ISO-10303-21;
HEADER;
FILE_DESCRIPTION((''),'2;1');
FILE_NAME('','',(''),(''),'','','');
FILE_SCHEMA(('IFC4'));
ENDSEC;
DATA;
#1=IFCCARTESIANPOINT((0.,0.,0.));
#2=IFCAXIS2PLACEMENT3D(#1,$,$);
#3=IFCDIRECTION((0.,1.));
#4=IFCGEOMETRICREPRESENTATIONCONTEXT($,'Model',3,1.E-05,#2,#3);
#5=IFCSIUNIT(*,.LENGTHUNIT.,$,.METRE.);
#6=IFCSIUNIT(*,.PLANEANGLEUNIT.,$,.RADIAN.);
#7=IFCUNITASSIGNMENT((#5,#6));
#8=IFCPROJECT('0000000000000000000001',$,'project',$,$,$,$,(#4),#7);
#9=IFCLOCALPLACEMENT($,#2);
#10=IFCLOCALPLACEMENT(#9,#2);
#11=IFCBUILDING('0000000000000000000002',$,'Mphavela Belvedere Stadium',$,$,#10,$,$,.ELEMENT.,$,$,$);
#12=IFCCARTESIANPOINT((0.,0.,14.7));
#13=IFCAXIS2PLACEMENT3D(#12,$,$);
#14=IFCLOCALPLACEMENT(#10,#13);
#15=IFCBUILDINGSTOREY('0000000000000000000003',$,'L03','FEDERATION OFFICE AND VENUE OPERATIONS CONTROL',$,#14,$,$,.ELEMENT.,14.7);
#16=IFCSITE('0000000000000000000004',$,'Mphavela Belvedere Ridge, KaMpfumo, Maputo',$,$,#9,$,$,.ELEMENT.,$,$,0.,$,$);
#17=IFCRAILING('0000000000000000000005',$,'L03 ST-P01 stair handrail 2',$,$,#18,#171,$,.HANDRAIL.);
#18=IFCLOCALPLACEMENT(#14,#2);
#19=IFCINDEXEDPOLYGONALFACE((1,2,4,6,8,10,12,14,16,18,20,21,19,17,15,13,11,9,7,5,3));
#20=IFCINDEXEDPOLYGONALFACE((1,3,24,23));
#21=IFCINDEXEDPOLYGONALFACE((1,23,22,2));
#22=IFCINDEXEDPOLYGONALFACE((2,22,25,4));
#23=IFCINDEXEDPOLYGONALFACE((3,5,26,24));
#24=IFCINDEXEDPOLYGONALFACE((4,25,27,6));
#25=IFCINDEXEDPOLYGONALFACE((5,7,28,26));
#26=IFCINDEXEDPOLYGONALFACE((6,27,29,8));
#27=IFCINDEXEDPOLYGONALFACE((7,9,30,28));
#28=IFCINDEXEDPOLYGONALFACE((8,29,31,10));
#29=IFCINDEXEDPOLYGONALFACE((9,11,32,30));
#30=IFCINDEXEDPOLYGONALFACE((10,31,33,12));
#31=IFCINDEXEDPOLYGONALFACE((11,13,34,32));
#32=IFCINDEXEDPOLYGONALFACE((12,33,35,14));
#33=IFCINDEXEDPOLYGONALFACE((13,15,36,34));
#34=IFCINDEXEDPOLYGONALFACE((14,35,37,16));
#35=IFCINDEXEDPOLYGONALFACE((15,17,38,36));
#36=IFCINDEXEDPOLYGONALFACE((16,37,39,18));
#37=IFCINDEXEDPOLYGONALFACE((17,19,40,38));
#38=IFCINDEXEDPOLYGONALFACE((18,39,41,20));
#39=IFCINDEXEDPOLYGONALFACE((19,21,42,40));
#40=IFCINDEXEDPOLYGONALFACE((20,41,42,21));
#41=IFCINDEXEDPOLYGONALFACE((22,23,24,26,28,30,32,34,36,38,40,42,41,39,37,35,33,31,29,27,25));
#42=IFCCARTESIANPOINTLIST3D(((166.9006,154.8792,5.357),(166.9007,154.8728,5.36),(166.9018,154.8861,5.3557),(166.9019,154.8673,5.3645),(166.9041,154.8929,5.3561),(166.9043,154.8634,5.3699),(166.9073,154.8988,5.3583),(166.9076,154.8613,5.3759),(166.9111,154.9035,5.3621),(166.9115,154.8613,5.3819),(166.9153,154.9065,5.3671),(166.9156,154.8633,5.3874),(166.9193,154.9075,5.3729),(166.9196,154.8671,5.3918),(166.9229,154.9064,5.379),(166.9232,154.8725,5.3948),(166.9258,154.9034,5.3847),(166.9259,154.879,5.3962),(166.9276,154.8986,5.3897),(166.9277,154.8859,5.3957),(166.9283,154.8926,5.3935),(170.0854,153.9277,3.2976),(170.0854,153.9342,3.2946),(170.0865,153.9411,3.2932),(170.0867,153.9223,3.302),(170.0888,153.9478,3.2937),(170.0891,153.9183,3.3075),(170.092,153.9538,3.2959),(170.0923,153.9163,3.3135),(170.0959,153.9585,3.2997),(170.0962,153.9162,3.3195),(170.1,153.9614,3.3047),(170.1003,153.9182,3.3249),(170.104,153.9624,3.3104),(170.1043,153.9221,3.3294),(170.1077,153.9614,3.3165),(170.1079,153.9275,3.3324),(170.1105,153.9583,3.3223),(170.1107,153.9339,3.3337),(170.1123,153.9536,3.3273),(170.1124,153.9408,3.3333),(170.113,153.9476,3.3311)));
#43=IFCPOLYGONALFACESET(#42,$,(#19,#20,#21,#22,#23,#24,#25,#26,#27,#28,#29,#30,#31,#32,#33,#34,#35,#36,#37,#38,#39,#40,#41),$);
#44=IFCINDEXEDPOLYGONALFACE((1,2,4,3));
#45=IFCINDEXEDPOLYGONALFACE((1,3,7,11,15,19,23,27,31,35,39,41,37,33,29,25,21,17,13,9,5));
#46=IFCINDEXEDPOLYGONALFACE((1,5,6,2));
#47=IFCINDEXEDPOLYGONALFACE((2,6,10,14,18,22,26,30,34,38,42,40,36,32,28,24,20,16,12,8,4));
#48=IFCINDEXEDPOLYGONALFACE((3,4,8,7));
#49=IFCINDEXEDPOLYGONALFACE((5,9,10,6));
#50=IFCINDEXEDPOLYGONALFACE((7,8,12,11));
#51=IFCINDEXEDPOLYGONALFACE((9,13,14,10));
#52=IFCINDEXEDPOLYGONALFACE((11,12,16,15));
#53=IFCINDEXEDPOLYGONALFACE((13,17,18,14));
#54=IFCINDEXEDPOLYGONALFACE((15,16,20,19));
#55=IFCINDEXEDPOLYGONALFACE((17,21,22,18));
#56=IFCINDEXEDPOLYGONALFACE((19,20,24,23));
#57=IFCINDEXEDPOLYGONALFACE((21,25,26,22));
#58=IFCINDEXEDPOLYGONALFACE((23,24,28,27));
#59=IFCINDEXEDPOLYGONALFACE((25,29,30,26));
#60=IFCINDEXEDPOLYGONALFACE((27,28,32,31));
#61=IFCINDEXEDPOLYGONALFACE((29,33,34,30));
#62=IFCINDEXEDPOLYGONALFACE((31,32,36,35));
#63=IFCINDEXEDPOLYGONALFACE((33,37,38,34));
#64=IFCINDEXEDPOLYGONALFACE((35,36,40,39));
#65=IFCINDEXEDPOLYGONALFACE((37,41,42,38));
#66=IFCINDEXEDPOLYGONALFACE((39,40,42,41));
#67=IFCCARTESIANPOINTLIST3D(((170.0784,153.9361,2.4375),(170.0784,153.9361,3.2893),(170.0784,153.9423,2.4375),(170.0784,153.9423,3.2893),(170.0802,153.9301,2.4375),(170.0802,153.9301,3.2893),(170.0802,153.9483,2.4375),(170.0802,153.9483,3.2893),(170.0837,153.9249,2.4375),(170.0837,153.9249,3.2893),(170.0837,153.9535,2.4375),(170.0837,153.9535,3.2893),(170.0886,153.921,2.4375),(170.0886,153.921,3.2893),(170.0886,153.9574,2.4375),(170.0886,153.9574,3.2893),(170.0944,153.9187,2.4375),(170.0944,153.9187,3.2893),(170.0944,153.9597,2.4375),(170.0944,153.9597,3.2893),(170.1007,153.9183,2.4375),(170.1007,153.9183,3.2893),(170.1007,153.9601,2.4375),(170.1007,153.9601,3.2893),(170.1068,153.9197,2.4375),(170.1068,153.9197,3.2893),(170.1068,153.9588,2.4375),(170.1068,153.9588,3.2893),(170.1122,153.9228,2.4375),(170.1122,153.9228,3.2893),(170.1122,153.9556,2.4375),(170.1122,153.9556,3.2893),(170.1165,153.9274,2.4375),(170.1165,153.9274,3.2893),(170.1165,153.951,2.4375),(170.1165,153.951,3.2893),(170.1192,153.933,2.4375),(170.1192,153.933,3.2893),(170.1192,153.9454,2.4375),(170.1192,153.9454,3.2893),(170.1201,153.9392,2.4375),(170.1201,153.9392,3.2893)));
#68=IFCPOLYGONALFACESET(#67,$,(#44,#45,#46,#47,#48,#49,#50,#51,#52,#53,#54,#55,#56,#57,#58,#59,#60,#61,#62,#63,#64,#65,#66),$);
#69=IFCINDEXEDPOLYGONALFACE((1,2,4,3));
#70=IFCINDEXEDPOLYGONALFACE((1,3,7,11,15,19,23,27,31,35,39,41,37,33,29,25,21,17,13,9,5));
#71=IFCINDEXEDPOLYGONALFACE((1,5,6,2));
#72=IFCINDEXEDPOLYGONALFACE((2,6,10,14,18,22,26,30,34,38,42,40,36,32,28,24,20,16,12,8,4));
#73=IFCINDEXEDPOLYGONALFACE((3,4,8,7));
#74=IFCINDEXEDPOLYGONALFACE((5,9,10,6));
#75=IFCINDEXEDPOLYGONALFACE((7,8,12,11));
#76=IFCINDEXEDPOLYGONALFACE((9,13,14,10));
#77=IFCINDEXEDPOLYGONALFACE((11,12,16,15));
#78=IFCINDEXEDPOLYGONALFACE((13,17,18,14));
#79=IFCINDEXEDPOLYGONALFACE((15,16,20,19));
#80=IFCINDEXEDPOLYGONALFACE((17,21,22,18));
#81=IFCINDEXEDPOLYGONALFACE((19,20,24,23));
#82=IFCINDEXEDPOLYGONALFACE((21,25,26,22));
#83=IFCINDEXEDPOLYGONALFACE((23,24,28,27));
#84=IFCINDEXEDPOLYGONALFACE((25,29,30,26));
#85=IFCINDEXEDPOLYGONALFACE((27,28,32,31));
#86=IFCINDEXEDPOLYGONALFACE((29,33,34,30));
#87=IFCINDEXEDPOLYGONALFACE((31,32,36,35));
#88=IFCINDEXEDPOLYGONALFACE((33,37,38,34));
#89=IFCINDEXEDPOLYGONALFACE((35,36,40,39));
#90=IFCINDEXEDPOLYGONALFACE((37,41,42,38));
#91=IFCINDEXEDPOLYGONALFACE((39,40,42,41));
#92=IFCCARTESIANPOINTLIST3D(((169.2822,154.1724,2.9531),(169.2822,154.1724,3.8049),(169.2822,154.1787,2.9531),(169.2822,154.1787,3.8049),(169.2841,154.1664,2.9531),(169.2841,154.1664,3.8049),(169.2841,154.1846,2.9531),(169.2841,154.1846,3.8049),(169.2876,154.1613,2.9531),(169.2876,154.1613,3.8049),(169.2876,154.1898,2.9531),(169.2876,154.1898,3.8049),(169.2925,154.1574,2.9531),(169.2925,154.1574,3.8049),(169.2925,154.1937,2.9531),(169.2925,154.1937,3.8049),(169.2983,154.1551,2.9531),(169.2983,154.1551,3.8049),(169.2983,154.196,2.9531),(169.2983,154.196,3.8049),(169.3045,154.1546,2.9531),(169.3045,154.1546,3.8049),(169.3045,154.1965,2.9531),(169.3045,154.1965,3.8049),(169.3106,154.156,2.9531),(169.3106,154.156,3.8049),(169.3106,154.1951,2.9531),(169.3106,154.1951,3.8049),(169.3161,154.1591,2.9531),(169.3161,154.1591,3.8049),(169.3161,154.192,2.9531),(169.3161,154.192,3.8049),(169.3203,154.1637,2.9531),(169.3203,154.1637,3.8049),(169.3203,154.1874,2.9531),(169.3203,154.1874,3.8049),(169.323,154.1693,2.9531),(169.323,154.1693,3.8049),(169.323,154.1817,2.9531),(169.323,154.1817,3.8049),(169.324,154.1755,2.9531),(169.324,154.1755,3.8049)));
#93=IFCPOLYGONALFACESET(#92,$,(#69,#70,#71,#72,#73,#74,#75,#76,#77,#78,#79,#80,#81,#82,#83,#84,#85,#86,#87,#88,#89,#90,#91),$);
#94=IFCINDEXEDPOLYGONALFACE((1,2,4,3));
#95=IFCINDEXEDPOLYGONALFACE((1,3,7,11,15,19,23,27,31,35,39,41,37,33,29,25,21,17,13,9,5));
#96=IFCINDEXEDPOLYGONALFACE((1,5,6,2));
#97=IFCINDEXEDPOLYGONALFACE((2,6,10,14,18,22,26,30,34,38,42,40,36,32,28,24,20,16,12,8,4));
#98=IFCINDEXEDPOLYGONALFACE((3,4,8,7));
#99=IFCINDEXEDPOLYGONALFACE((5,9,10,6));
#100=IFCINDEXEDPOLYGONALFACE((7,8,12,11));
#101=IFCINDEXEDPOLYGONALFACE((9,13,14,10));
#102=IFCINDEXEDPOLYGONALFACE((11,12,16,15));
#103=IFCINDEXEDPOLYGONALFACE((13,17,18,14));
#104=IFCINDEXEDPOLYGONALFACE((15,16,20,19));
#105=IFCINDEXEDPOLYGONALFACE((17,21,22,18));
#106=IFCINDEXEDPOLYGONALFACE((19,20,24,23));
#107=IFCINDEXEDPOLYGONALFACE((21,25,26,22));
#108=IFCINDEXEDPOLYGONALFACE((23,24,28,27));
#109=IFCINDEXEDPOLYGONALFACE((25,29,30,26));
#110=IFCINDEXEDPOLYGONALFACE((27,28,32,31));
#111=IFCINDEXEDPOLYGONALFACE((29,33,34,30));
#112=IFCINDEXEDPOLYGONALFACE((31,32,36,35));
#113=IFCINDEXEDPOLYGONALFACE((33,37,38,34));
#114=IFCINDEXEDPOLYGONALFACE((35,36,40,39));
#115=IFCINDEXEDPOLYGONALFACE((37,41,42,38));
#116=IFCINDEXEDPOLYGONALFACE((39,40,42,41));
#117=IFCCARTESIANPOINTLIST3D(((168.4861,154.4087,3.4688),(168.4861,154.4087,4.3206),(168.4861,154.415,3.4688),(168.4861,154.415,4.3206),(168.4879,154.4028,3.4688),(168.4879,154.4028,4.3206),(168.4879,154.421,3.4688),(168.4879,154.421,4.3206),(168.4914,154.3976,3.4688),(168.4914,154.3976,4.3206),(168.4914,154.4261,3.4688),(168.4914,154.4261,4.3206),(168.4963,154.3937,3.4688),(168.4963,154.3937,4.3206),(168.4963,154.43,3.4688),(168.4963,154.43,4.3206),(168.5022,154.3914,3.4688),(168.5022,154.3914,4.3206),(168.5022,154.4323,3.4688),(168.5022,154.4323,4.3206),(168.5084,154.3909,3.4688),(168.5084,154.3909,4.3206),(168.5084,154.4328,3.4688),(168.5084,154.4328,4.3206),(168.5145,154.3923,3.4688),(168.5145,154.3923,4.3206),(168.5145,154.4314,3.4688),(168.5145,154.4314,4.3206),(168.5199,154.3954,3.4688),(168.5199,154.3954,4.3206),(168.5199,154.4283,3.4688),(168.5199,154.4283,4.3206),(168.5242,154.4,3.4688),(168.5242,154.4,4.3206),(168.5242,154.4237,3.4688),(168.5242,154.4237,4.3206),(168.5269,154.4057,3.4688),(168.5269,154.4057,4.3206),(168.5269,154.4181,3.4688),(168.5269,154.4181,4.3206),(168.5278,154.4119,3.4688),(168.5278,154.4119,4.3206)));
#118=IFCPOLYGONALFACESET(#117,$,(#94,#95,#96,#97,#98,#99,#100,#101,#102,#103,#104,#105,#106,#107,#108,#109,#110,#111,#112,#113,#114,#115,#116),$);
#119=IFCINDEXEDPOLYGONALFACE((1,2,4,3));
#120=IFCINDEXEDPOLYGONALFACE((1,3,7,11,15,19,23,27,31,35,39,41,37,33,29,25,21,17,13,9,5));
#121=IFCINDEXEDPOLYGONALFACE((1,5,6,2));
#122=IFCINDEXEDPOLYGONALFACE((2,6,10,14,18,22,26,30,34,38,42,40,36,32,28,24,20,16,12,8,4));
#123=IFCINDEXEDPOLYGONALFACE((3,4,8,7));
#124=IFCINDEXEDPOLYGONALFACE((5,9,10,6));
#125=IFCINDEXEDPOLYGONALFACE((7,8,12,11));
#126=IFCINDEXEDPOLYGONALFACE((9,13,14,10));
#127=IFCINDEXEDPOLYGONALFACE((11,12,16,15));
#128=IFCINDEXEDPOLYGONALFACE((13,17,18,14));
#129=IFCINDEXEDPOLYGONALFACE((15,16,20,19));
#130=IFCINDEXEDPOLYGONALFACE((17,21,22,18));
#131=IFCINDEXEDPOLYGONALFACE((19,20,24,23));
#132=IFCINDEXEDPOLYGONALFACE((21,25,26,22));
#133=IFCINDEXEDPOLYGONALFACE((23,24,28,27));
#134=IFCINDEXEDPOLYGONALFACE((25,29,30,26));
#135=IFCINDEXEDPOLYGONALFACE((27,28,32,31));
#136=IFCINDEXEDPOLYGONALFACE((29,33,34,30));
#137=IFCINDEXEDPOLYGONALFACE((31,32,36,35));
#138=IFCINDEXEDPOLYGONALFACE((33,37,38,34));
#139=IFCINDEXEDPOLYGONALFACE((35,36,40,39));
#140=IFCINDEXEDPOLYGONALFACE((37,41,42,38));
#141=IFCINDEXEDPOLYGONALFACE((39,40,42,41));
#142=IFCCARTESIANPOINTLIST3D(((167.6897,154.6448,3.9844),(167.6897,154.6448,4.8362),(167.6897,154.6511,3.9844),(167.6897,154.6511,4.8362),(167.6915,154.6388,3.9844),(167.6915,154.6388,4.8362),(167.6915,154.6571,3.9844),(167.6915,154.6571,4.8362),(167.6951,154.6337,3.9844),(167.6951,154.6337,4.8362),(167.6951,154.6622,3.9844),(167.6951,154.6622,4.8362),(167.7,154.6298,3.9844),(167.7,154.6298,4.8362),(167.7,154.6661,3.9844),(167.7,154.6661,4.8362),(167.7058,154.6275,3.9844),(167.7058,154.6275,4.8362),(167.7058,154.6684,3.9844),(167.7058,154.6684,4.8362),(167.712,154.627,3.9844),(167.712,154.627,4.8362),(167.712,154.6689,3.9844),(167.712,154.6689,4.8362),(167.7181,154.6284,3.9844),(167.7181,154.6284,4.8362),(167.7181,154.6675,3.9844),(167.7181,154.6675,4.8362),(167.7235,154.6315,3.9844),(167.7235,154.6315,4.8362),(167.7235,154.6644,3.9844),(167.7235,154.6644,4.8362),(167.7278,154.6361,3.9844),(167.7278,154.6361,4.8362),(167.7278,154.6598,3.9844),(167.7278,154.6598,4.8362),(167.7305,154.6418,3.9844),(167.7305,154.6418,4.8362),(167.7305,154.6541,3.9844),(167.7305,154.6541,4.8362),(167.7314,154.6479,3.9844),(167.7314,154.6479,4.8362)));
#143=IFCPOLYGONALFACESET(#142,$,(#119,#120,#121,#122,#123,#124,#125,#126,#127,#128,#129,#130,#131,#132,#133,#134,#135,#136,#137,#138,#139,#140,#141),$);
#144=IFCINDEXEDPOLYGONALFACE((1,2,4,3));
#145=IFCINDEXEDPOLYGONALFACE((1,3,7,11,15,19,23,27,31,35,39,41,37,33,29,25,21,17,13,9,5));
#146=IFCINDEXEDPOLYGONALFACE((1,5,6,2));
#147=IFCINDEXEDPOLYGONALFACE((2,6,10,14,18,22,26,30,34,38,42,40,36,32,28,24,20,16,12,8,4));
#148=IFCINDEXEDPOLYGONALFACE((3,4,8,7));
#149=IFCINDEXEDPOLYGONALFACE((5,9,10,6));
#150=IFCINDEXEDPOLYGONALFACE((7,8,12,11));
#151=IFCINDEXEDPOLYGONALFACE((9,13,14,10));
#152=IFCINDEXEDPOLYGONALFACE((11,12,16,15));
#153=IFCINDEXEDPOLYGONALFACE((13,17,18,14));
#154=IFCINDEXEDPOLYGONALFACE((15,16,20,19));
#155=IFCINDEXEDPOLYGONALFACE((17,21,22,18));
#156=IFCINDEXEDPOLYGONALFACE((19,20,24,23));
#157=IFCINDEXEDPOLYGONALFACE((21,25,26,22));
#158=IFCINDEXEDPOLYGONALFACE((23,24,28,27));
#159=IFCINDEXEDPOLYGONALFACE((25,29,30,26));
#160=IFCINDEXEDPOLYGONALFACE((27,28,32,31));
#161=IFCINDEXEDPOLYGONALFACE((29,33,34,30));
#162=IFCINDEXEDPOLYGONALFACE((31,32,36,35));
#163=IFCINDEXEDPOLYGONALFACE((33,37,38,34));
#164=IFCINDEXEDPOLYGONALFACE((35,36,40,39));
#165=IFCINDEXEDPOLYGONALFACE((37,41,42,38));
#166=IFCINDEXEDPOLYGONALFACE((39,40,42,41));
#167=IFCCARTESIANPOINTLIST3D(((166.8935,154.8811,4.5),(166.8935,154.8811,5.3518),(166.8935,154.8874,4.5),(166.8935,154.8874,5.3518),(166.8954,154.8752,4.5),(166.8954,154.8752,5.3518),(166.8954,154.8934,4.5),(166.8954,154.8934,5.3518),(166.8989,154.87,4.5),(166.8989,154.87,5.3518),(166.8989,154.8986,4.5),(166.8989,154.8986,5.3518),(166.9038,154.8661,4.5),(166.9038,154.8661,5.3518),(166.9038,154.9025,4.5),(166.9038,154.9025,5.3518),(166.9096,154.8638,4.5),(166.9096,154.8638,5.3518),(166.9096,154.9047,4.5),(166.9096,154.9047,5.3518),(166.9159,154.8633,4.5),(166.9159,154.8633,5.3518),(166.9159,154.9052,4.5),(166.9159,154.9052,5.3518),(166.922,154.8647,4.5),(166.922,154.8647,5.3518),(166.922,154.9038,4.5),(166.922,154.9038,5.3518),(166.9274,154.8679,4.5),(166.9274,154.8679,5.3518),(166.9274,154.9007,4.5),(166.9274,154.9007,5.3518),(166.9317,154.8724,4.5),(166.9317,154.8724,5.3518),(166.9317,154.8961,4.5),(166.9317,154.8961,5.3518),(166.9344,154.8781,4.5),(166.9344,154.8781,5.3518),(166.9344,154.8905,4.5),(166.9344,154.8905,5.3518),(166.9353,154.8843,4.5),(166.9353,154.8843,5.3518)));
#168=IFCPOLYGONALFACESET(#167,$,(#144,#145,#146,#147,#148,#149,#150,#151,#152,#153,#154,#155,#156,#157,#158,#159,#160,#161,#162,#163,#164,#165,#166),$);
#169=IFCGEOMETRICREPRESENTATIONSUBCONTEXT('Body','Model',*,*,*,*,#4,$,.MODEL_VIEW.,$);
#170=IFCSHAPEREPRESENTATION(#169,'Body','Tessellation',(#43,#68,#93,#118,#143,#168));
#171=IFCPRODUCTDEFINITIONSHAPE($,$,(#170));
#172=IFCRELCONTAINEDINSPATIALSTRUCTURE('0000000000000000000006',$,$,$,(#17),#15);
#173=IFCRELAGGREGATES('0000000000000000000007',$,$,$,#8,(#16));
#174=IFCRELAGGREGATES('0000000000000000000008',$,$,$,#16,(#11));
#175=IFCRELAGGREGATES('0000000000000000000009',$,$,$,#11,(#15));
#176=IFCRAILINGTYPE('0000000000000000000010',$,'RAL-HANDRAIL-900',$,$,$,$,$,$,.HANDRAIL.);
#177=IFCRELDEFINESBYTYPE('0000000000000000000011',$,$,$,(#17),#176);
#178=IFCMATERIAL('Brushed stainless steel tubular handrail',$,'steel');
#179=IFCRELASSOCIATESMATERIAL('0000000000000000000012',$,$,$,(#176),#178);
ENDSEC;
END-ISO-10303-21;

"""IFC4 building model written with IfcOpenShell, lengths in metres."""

from ifc_helpers import new_model, si_unit, direction, frame, origin, origin_2d, place, context, subcontext, project, spatial, circle, extrude, material, type_object, element, save


model = new_model("IFC4")

# Units and contexts
model_context = context("Model", 3, precision=1e-05, world=origin(), true_north=direction((0.0, 1.0)))
body_context = subcontext(model_context, "Body", "Model", "MODEL_VIEW")
ifc_project = project(units=[si_unit("LENGTHUNIT", "METRE"), si_unit("PLANEANGLEUNIT", "RADIAN")], contexts=[model_context])

# Site, building, storey
site_placement = place(None, origin())
site = spatial("IfcSite", under=ifc_project, at=site_placement, Name="Mphavela Belvedere Ridge, KaMpfumo, Maputo", CompositionType="ELEMENT", RefElevation=0.0)
building_placement = place(site_placement, origin())
building = spatial("IfcBuilding", under=site, at=building_placement, Name="Mphavela Belvedere Stadium", CompositionType="ELEMENT")
storey_placement = place(building_placement, frame((0.0, 0.0, 14.7)))
storey = spatial("IfcBuildingStorey", under=building, at=storey_placement, Name="L03", Description="FEDERATION OFFICE AND VENUE OPERATIONS CONTROL", CompositionType="ELEMENT", Elevation=14.7)

# Railing
ifc_material_1 = material(Name="Brushed stainless steel tubular handrail", Category="steel")
railing_type_1 = type_object("IfcRailingType", Name="RAL-HANDRAIL-900", PredefinedType="HANDRAIL", material=ifc_material_1)
railing_1_placement = place(storey_placement, frame((170.0991, 153.9392, 2.4375)))
element("IfcRailing", 1, at=railing_1_placement, inside=storey, type_object=railing_type_1, Name="L03 ST-P01 stair handrail 2", PredefinedType="HANDRAIL", context=body_context, shape_type="SweptSolid", body=[
    extrude(circle(Radius=0.0239, at=origin_2d()), frame((0.0, 0.0, 0.876), z_axis=(-0.814477, 0.24169, 0.527459), x_axis=(-0.284481, -0.958682, 0.0)), (0.0, 0.0, 1.0), 3.9102),
    extrude(circle(Radius=0.021, at=origin_2d()), origin(), (0.0, 0.0, 1.0), 0.8518),
    extrude(circle(Radius=0.021, at=origin_2d()), frame((-0.7961, 0.2363, 0.5156)), (0.0, 0.0, 1.0), 0.8518),
    extrude(circle(Radius=0.021, at=origin_2d()), frame((-1.5923, 0.4727, 1.0312)), (0.0, 0.0, 1.0), 0.8518),
    extrude(circle(Radius=0.021, at=origin_2d()), frame((-2.3887, 0.7087, 1.5469)), (0.0, 0.0, 1.0), 0.8518),
    extrude(circle(Radius=0.021, at=origin_2d()), frame((-3.1848, 0.9451, 2.0625)), (0.0, 0.0, 1.0), 0.8518),
])

save(model, "model.ifc")
